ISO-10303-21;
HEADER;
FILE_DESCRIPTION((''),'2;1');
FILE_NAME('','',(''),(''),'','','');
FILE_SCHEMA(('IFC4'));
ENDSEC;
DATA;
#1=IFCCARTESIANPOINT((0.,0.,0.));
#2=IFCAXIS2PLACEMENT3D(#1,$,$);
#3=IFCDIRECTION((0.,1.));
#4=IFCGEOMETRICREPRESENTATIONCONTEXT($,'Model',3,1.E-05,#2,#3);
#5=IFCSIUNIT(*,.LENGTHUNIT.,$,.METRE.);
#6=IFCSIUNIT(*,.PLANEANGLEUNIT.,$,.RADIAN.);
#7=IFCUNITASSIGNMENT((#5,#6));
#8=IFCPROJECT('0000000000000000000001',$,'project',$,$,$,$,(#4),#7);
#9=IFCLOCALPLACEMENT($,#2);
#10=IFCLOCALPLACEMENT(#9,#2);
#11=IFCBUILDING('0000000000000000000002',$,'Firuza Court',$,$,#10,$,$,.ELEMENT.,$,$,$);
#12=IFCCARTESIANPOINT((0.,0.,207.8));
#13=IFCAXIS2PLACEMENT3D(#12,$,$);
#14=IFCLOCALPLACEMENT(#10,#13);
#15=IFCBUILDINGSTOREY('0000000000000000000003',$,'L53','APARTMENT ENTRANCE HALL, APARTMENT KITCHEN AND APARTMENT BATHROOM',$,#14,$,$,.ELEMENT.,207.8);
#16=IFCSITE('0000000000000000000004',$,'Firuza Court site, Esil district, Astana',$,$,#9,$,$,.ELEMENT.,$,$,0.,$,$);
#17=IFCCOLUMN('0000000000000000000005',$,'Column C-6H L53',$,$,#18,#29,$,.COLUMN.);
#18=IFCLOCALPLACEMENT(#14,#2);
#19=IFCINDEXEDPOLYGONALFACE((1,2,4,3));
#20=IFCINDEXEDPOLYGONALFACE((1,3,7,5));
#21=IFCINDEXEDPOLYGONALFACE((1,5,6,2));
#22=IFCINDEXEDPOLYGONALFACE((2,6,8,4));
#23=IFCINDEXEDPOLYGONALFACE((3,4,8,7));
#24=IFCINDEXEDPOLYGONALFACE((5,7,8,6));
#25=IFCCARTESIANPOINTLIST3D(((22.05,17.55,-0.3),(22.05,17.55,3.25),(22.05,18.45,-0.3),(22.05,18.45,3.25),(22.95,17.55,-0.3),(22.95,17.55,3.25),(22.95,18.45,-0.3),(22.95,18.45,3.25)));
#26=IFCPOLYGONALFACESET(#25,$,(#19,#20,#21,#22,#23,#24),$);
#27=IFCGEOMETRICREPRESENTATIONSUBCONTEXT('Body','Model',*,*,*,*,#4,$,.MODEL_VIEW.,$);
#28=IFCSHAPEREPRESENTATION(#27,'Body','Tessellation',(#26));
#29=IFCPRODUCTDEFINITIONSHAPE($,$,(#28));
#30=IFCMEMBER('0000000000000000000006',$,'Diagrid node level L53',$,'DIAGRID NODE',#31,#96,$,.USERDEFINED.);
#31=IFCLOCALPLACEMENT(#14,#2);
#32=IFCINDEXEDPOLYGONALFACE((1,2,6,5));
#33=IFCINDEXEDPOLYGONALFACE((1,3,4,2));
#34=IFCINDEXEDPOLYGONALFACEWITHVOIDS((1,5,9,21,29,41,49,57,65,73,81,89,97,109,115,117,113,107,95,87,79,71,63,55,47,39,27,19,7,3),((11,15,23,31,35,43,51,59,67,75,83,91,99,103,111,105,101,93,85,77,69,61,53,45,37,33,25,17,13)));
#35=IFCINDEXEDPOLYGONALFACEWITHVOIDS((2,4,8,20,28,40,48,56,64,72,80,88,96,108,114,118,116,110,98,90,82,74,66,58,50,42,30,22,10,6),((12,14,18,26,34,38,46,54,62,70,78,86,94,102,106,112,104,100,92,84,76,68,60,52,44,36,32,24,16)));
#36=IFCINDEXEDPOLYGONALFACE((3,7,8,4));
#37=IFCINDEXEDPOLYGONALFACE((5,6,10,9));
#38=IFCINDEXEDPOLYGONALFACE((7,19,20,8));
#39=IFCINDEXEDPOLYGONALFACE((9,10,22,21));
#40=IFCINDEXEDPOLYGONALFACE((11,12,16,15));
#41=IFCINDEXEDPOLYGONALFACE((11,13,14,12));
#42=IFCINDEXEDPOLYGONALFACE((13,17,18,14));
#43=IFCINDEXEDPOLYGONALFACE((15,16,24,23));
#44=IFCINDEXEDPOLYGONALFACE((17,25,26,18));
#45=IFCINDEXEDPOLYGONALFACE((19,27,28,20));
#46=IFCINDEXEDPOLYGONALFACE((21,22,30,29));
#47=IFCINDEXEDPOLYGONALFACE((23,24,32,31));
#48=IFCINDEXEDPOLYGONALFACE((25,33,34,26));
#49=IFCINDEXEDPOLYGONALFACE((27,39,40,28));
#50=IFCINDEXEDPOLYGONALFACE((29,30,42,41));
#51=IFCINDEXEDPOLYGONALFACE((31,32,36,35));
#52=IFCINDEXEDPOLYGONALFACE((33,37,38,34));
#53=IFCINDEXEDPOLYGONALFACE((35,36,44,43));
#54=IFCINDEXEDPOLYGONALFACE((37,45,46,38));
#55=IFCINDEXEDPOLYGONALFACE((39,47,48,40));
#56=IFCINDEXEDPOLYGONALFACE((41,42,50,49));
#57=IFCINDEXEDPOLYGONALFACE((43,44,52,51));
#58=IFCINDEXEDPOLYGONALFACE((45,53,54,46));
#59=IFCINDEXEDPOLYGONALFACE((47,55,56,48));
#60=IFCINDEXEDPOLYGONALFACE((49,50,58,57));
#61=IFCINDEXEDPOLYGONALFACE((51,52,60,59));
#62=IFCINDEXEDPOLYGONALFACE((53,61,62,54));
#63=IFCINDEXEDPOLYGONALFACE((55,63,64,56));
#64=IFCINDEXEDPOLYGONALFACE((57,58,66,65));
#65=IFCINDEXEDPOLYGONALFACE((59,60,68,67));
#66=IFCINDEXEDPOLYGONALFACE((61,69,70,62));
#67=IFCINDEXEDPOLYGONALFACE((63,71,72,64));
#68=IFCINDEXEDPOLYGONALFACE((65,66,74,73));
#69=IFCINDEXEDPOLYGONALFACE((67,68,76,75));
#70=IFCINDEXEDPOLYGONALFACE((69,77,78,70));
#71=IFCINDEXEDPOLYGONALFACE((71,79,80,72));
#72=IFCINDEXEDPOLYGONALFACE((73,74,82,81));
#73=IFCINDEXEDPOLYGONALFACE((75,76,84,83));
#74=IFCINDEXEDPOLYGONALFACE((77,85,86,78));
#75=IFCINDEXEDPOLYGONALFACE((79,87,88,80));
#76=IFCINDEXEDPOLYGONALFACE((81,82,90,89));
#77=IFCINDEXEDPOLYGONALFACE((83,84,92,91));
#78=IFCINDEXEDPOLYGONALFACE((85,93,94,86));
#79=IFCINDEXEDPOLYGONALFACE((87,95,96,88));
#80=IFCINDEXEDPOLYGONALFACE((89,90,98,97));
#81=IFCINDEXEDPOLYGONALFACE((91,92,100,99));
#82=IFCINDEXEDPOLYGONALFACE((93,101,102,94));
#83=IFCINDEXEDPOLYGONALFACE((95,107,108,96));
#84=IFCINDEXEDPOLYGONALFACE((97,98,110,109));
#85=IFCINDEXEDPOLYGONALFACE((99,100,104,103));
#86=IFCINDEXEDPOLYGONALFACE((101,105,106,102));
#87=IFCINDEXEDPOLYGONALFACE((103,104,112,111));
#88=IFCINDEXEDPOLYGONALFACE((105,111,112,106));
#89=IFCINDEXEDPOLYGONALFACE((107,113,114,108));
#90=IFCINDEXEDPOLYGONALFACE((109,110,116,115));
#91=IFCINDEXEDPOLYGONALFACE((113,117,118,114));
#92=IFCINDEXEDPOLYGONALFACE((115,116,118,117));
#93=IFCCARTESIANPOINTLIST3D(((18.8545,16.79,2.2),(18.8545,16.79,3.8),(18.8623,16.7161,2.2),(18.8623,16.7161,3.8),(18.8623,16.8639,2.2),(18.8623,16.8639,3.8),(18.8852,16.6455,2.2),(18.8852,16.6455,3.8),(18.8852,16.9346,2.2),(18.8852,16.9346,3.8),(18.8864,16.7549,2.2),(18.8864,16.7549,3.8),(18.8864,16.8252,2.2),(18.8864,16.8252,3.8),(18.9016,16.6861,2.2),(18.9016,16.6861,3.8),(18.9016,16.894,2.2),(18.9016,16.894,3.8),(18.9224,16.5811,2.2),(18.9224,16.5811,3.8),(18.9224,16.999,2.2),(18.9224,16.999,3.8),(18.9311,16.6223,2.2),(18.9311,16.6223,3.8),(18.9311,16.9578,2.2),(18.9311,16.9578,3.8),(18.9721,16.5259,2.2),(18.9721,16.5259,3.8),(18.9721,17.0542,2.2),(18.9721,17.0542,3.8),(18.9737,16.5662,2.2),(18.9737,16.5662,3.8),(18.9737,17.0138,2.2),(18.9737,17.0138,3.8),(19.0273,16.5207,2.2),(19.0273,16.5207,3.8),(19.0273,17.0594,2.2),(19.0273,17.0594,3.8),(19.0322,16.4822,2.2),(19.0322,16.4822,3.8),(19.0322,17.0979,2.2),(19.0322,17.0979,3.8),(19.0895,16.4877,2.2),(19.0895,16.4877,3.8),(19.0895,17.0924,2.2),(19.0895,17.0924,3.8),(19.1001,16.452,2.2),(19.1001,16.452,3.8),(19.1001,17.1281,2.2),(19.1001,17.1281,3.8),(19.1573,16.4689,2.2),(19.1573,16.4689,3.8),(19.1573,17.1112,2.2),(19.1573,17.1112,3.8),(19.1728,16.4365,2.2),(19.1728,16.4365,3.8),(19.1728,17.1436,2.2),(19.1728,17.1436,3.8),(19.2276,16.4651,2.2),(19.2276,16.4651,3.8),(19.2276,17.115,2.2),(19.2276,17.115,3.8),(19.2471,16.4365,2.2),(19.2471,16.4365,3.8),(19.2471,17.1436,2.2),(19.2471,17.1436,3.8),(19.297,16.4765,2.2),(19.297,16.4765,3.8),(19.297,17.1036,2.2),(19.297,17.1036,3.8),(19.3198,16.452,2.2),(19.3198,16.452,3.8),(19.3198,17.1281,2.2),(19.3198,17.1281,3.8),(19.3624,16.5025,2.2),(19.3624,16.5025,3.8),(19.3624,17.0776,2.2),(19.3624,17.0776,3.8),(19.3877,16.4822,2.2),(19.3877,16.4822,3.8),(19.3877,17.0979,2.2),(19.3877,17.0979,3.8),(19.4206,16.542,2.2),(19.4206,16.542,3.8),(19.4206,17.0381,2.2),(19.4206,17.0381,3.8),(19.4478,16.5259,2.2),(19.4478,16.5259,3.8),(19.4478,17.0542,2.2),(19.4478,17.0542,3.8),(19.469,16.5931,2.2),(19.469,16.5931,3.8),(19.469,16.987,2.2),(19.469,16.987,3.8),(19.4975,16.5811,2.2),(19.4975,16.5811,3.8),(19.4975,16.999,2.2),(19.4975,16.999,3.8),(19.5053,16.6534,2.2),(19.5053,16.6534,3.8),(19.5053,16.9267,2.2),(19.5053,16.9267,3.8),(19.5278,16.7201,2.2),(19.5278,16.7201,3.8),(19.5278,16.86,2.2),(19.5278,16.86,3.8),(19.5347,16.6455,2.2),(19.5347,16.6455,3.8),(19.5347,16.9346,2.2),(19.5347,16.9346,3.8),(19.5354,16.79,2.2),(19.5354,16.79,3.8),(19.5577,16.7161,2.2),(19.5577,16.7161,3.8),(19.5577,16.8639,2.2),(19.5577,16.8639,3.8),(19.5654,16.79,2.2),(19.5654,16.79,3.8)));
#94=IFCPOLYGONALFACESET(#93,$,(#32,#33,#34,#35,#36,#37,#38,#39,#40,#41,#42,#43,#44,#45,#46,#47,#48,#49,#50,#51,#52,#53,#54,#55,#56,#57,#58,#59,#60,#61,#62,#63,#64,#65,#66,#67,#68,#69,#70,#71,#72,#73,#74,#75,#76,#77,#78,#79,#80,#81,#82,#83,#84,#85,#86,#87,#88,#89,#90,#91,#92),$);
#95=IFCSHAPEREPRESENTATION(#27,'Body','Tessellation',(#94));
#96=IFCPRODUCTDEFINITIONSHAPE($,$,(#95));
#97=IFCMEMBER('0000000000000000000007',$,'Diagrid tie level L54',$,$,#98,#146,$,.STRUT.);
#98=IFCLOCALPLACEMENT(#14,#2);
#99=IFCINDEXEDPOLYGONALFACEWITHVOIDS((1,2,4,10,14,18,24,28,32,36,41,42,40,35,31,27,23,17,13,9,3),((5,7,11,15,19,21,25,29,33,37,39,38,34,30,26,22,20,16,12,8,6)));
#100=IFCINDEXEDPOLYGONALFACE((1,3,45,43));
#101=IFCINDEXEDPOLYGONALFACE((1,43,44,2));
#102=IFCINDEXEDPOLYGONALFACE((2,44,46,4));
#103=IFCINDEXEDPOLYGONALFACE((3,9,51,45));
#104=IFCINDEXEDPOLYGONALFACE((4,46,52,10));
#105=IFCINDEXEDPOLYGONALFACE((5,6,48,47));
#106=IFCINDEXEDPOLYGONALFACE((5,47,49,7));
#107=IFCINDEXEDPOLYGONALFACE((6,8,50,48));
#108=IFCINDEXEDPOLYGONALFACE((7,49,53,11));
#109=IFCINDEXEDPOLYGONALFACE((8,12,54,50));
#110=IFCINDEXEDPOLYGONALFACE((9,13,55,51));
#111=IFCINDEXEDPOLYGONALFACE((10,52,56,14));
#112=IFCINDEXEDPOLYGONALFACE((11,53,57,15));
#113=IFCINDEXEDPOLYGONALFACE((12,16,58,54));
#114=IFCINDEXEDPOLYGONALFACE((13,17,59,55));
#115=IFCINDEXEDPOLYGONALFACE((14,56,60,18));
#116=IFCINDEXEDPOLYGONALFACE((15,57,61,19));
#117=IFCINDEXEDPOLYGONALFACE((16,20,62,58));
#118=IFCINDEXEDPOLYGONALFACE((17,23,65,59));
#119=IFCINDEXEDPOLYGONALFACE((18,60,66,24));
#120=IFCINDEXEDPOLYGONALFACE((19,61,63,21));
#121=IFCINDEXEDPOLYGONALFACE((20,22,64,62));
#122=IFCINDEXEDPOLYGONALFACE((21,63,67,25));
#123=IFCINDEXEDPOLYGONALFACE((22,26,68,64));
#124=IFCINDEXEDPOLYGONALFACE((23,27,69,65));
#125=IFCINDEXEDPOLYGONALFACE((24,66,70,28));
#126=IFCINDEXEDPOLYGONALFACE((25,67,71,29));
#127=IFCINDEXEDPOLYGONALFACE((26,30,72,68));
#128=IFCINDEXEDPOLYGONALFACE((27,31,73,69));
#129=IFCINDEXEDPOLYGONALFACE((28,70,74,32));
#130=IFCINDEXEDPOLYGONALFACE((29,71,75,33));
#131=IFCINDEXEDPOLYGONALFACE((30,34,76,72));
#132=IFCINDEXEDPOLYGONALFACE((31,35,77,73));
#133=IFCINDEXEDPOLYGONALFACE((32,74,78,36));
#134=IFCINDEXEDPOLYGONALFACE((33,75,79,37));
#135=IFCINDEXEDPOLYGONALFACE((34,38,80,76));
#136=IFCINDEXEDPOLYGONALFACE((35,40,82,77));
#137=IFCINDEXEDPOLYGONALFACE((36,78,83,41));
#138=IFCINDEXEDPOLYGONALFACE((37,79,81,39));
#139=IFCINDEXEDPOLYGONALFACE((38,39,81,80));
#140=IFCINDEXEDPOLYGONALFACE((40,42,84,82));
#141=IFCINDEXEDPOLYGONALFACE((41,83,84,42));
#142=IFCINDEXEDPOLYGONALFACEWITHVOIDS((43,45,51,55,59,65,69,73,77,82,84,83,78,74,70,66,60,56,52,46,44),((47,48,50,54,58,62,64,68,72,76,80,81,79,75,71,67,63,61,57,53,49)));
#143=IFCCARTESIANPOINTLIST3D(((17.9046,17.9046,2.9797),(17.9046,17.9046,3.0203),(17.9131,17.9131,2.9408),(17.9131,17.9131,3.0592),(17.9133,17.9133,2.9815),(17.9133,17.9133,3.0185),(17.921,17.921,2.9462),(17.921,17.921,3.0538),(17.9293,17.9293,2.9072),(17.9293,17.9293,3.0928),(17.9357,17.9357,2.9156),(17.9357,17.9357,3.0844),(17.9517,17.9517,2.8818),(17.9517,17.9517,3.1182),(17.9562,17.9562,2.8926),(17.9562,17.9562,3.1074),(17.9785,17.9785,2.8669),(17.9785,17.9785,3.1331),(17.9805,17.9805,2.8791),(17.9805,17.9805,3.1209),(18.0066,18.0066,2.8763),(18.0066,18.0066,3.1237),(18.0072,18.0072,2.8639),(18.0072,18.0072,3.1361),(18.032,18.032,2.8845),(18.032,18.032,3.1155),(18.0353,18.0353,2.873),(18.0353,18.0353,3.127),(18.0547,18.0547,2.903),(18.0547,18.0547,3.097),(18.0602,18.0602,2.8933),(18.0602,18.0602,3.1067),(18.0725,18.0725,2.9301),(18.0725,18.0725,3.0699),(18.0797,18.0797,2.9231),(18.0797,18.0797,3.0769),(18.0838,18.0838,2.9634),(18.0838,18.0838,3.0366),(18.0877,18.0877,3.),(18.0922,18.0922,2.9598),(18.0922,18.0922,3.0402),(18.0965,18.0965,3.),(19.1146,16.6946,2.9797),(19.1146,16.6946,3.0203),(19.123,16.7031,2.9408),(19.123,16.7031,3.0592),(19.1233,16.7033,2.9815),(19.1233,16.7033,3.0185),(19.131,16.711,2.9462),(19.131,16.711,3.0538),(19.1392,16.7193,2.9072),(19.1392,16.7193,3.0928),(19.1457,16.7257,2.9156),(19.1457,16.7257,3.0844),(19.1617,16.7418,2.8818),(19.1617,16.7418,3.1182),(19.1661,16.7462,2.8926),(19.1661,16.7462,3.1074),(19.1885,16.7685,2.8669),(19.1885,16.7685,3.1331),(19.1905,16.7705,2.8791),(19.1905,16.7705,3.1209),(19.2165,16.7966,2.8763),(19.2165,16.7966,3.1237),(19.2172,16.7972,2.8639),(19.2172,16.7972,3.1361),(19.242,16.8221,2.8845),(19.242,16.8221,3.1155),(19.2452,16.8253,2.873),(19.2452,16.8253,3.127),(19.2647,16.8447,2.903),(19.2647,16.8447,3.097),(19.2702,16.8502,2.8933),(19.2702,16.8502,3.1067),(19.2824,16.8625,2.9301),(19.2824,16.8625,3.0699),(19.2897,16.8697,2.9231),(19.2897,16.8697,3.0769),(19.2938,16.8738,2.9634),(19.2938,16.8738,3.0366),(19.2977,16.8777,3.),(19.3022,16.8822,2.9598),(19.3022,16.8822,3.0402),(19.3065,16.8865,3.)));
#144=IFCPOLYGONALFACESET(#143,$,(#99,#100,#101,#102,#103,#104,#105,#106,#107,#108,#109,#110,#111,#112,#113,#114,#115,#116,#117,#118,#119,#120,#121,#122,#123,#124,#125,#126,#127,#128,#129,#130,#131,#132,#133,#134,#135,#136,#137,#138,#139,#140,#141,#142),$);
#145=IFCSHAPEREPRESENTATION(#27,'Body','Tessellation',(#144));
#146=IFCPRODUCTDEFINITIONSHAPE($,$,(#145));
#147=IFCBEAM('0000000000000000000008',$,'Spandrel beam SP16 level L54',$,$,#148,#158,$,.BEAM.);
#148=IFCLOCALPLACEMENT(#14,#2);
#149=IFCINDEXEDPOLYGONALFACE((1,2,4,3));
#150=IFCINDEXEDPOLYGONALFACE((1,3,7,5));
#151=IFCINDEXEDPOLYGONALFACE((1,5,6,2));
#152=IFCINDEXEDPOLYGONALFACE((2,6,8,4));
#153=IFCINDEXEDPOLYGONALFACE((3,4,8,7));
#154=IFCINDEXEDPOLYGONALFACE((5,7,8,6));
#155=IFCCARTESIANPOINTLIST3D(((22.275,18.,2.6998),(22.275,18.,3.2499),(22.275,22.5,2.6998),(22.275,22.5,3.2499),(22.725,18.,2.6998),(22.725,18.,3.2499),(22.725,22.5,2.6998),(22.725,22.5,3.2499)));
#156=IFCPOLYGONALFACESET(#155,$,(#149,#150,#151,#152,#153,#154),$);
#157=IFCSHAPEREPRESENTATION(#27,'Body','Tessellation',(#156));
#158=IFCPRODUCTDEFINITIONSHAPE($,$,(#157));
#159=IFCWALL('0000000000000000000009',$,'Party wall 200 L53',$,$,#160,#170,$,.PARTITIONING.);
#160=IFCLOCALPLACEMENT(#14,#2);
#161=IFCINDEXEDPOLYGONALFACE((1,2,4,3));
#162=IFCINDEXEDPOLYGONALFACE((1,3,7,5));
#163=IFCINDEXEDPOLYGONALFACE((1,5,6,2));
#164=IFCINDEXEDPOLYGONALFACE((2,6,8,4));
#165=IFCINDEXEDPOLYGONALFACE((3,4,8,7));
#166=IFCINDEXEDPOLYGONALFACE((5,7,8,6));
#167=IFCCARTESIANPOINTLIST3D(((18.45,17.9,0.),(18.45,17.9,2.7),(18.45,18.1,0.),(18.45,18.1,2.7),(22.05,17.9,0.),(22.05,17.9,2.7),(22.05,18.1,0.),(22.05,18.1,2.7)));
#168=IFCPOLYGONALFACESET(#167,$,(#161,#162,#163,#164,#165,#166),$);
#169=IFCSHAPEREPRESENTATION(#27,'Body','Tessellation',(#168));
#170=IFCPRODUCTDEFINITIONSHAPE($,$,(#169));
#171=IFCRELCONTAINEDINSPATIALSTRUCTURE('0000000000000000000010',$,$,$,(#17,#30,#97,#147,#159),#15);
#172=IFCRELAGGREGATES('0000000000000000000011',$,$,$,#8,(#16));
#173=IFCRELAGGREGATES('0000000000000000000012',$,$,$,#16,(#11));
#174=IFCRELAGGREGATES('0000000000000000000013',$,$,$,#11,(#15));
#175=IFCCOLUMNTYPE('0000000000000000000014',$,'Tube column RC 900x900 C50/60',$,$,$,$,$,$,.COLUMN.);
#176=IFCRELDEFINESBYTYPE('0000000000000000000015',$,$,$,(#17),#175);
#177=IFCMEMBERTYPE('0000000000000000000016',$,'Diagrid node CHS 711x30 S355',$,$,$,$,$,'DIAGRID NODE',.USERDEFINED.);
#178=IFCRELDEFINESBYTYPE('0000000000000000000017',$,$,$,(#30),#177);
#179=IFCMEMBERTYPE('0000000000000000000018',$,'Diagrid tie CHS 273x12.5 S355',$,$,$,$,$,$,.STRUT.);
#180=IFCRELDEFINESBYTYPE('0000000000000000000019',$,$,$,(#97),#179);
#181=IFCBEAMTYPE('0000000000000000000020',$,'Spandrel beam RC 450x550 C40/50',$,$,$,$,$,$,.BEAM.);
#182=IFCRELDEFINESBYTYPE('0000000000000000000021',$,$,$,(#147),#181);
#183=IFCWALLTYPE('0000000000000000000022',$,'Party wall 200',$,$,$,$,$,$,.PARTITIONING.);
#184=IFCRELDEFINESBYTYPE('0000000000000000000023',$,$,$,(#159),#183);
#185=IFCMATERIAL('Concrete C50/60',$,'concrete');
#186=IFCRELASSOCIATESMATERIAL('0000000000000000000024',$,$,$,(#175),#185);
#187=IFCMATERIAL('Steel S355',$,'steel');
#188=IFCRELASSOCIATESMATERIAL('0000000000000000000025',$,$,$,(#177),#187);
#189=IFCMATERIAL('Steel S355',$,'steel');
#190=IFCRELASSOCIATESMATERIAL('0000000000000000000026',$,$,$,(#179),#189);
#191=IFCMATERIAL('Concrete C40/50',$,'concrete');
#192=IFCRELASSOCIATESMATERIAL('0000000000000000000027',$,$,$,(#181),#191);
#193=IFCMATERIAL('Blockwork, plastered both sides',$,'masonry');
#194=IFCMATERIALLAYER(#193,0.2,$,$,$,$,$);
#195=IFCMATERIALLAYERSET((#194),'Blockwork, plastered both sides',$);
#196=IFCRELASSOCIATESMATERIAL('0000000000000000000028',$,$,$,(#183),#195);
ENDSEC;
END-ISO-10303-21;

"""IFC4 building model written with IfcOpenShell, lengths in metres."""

from ifc_helpers import new_model, si_unit, direction, frame, frame_2d, origin, origin_2d, place, context, subcontext, project, spatial, rectangle, hollow_circle, extrude, material, layer, layer_set, material_profile, profile_set, type_object, element, save


model = new_model("IFC4")

# Units and contexts
model_context = context("Model", 3, precision=1e-05, world=origin(), true_north=direction((0.0, 1.0)))
body_context = subcontext(model_context, "Body", "Model", "MODEL_VIEW")
ifc_project = project(units=[si_unit("LENGTHUNIT", "METRE"), si_unit("PLANEANGLEUNIT", "RADIAN")], contexts=[model_context])

# Site, building, storey
site_placement = place(None, origin())
site = spatial("IfcSite", under=ifc_project, at=site_placement, Name="Firuza Court site, Esil district, Astana", CompositionType="ELEMENT", RefElevation=0.0)
building_placement = place(site_placement, origin())
building = spatial("IfcBuilding", under=site, at=building_placement, Name="Firuza Court", CompositionType="ELEMENT")
storey_placement = place(building_placement, frame((0.0, 0.0, 207.8)))
storey = spatial("IfcBuildingStorey", under=building, at=storey_placement, Name="L53", Description="APARTMENT ENTRANCE HALL, APARTMENT KITCHEN AND APARTMENT BATHROOM", CompositionType="ELEMENT", Elevation=207.8)

# Column
ifc_material_1 = material(Name="Concrete C50/60", Category="concrete")
ifc_material_profile_1 = material_profile(ifc_material_1, rectangle(XDim=0.8999, YDim=0.8999, at=origin_2d()), Name="RC 900x900")
ifc_profile_set_1 = profile_set([ifc_material_profile_1], Name="Concrete C50/60")
column_type = type_object("IfcColumnType", Name="Tube column RC 900x900 C50/60", PredefinedType="COLUMN", material=ifc_profile_set_1)
column_placement = place(storey_placement, frame((22.5, 18.0, -0.3), z_axis=(0.0, 0.0, 1.0), x_axis=(1.0, 0.0, 0.0)))
element("IfcColumn", 1, at=column_placement, inside=storey, type_object=column_type, Name="Column C-6H L53", PredefinedType="COLUMN", context=body_context, shape_type="SweptSolid", body=[
    extrude(rectangle(XDim=0.8999, YDim=0.8999, at=origin_2d()), origin(), (0.0, 0.0, 1.0), 3.55),
])

# Members
ifc_material_2 = material(Name="Steel S355", Category="steel")
ifc_material_profile_2 = material_profile(ifc_material_2, hollow_circle(Radius=0.3555, WallThickness=0.03, at=origin_2d()), Name="CHS 711x30")
ifc_profile_set_2 = profile_set([ifc_material_profile_2], Name="Steel S355")
member_type_1 = type_object("IfcMemberType", Name="Diagrid node CHS 711x30 S355", ElementType="DIAGRID NODE", PredefinedType="USERDEFINED", material=ifc_profile_set_2)
member_1_placement = place(storey_placement, frame((19.21, 16.79, 2.2), z_axis=(0.0, 0.0, 1.0), x_axis=(1.0, 0.0, 0.0)))
element("IfcMember", 2, at=member_1_placement, inside=storey, type_object=member_type_1, Name="Diagrid node level L53", ObjectType="DIAGRID NODE", PredefinedType="USERDEFINED", context=body_context, shape_type="SweptSolid", body=[
    extrude(hollow_circle(Radius=0.3555, WallThickness=0.03, at=origin_2d()), origin(), (0.0, 0.0, 1.0), 1.6001),
])
ifc_material_3 = material(Name="Steel S355", Category="steel")
ifc_material_profile_3 = material_profile(ifc_material_3, hollow_circle(Radius=0.1365, WallThickness=0.0125, at=origin_2d()), Name="CHS 273x12.5")
ifc_profile_set_3 = profile_set([ifc_material_profile_3], Name="Steel S355")
member_type_2 = type_object("IfcMemberType", Name="Diagrid tie CHS 273x12.5 S355", PredefinedType="STRUT", material=ifc_profile_set_3)
member_2_placement = place(storey_placement, frame((18.0, 18.0, 3.0), z_axis=(0.707107, -0.707107, 0.0), x_axis=(0.707107, 0.707107, 0.0)))
element("IfcMember", 3, at=member_2_placement, inside=storey, type_object=member_type_2, Name="Diagrid tie level L54", PredefinedType="STRUT", context=body_context, shape_type="SweptSolid", body=[
    extrude(hollow_circle(Radius=0.1365, WallThickness=0.0125, at=origin_2d()), origin(), (0.0, 0.0, 1.0), 1.7112),
])

# Beam
ifc_material_4 = material(Name="Concrete C40/50", Category="concrete")
ifc_material_profile_4 = material_profile(ifc_material_4, rectangle(XDim=0.45, YDim=0.55, at=origin_2d()), Name="RC 450x550")
ifc_profile_set_4 = profile_set([ifc_material_profile_4], Name="Concrete C40/50")
beam_type = type_object("IfcBeamType", Name="Spandrel beam RC 450x550 C40/50", PredefinedType="BEAM", material=ifc_profile_set_4)
beam_placement = place(storey_placement, frame((22.5, 18.0, 2.9749), z_axis=(0.0, 1.0, 0.0), x_axis=(-1.0, 0.0, 0.0)))
element("IfcBeam", 4, at=beam_placement, inside=storey, type_object=beam_type, Name="Spandrel beam SP16 level L54", PredefinedType="BEAM", context=body_context, shape_type="SweptSolid", body=[
    extrude(rectangle(XDim=0.45, YDim=0.55, at=origin_2d()), origin(), (0.0, 0.0, 1.0), 4.5),
])

# Wall
ifc_material_5 = material(Name="Blockwork, plastered both sides", Category="masonry")
ifc_layer_1 = layer(ifc_material_5, 0.2)
ifc_layer_set_1 = layer_set([ifc_layer_1], Name="Blockwork, plastered both sides")
wall_type_1 = type_object("IfcWallType", Name="Party wall 200", PredefinedType="PARTITIONING", material=ifc_layer_set_1)
wall_1_placement = place(storey_placement, frame((18.45, 18.0, 0.0), z_axis=(0.0, 0.0, 1.0), x_axis=(1.0, 0.0, 0.0)))
element("IfcWall", 5, at=wall_1_placement, inside=storey, type_object=wall_type_1, Name="Party wall 200 L53", PredefinedType="PARTITIONING", context=body_context, shape_type="SweptSolid", body=[
    extrude(rectangle(XDim=3.6001, YDim=0.2, at=frame_2d((1.8, 0.0))), origin(), (0.0, 0.0, 1.0), 2.7),
])

save(model, "model.ifc")
